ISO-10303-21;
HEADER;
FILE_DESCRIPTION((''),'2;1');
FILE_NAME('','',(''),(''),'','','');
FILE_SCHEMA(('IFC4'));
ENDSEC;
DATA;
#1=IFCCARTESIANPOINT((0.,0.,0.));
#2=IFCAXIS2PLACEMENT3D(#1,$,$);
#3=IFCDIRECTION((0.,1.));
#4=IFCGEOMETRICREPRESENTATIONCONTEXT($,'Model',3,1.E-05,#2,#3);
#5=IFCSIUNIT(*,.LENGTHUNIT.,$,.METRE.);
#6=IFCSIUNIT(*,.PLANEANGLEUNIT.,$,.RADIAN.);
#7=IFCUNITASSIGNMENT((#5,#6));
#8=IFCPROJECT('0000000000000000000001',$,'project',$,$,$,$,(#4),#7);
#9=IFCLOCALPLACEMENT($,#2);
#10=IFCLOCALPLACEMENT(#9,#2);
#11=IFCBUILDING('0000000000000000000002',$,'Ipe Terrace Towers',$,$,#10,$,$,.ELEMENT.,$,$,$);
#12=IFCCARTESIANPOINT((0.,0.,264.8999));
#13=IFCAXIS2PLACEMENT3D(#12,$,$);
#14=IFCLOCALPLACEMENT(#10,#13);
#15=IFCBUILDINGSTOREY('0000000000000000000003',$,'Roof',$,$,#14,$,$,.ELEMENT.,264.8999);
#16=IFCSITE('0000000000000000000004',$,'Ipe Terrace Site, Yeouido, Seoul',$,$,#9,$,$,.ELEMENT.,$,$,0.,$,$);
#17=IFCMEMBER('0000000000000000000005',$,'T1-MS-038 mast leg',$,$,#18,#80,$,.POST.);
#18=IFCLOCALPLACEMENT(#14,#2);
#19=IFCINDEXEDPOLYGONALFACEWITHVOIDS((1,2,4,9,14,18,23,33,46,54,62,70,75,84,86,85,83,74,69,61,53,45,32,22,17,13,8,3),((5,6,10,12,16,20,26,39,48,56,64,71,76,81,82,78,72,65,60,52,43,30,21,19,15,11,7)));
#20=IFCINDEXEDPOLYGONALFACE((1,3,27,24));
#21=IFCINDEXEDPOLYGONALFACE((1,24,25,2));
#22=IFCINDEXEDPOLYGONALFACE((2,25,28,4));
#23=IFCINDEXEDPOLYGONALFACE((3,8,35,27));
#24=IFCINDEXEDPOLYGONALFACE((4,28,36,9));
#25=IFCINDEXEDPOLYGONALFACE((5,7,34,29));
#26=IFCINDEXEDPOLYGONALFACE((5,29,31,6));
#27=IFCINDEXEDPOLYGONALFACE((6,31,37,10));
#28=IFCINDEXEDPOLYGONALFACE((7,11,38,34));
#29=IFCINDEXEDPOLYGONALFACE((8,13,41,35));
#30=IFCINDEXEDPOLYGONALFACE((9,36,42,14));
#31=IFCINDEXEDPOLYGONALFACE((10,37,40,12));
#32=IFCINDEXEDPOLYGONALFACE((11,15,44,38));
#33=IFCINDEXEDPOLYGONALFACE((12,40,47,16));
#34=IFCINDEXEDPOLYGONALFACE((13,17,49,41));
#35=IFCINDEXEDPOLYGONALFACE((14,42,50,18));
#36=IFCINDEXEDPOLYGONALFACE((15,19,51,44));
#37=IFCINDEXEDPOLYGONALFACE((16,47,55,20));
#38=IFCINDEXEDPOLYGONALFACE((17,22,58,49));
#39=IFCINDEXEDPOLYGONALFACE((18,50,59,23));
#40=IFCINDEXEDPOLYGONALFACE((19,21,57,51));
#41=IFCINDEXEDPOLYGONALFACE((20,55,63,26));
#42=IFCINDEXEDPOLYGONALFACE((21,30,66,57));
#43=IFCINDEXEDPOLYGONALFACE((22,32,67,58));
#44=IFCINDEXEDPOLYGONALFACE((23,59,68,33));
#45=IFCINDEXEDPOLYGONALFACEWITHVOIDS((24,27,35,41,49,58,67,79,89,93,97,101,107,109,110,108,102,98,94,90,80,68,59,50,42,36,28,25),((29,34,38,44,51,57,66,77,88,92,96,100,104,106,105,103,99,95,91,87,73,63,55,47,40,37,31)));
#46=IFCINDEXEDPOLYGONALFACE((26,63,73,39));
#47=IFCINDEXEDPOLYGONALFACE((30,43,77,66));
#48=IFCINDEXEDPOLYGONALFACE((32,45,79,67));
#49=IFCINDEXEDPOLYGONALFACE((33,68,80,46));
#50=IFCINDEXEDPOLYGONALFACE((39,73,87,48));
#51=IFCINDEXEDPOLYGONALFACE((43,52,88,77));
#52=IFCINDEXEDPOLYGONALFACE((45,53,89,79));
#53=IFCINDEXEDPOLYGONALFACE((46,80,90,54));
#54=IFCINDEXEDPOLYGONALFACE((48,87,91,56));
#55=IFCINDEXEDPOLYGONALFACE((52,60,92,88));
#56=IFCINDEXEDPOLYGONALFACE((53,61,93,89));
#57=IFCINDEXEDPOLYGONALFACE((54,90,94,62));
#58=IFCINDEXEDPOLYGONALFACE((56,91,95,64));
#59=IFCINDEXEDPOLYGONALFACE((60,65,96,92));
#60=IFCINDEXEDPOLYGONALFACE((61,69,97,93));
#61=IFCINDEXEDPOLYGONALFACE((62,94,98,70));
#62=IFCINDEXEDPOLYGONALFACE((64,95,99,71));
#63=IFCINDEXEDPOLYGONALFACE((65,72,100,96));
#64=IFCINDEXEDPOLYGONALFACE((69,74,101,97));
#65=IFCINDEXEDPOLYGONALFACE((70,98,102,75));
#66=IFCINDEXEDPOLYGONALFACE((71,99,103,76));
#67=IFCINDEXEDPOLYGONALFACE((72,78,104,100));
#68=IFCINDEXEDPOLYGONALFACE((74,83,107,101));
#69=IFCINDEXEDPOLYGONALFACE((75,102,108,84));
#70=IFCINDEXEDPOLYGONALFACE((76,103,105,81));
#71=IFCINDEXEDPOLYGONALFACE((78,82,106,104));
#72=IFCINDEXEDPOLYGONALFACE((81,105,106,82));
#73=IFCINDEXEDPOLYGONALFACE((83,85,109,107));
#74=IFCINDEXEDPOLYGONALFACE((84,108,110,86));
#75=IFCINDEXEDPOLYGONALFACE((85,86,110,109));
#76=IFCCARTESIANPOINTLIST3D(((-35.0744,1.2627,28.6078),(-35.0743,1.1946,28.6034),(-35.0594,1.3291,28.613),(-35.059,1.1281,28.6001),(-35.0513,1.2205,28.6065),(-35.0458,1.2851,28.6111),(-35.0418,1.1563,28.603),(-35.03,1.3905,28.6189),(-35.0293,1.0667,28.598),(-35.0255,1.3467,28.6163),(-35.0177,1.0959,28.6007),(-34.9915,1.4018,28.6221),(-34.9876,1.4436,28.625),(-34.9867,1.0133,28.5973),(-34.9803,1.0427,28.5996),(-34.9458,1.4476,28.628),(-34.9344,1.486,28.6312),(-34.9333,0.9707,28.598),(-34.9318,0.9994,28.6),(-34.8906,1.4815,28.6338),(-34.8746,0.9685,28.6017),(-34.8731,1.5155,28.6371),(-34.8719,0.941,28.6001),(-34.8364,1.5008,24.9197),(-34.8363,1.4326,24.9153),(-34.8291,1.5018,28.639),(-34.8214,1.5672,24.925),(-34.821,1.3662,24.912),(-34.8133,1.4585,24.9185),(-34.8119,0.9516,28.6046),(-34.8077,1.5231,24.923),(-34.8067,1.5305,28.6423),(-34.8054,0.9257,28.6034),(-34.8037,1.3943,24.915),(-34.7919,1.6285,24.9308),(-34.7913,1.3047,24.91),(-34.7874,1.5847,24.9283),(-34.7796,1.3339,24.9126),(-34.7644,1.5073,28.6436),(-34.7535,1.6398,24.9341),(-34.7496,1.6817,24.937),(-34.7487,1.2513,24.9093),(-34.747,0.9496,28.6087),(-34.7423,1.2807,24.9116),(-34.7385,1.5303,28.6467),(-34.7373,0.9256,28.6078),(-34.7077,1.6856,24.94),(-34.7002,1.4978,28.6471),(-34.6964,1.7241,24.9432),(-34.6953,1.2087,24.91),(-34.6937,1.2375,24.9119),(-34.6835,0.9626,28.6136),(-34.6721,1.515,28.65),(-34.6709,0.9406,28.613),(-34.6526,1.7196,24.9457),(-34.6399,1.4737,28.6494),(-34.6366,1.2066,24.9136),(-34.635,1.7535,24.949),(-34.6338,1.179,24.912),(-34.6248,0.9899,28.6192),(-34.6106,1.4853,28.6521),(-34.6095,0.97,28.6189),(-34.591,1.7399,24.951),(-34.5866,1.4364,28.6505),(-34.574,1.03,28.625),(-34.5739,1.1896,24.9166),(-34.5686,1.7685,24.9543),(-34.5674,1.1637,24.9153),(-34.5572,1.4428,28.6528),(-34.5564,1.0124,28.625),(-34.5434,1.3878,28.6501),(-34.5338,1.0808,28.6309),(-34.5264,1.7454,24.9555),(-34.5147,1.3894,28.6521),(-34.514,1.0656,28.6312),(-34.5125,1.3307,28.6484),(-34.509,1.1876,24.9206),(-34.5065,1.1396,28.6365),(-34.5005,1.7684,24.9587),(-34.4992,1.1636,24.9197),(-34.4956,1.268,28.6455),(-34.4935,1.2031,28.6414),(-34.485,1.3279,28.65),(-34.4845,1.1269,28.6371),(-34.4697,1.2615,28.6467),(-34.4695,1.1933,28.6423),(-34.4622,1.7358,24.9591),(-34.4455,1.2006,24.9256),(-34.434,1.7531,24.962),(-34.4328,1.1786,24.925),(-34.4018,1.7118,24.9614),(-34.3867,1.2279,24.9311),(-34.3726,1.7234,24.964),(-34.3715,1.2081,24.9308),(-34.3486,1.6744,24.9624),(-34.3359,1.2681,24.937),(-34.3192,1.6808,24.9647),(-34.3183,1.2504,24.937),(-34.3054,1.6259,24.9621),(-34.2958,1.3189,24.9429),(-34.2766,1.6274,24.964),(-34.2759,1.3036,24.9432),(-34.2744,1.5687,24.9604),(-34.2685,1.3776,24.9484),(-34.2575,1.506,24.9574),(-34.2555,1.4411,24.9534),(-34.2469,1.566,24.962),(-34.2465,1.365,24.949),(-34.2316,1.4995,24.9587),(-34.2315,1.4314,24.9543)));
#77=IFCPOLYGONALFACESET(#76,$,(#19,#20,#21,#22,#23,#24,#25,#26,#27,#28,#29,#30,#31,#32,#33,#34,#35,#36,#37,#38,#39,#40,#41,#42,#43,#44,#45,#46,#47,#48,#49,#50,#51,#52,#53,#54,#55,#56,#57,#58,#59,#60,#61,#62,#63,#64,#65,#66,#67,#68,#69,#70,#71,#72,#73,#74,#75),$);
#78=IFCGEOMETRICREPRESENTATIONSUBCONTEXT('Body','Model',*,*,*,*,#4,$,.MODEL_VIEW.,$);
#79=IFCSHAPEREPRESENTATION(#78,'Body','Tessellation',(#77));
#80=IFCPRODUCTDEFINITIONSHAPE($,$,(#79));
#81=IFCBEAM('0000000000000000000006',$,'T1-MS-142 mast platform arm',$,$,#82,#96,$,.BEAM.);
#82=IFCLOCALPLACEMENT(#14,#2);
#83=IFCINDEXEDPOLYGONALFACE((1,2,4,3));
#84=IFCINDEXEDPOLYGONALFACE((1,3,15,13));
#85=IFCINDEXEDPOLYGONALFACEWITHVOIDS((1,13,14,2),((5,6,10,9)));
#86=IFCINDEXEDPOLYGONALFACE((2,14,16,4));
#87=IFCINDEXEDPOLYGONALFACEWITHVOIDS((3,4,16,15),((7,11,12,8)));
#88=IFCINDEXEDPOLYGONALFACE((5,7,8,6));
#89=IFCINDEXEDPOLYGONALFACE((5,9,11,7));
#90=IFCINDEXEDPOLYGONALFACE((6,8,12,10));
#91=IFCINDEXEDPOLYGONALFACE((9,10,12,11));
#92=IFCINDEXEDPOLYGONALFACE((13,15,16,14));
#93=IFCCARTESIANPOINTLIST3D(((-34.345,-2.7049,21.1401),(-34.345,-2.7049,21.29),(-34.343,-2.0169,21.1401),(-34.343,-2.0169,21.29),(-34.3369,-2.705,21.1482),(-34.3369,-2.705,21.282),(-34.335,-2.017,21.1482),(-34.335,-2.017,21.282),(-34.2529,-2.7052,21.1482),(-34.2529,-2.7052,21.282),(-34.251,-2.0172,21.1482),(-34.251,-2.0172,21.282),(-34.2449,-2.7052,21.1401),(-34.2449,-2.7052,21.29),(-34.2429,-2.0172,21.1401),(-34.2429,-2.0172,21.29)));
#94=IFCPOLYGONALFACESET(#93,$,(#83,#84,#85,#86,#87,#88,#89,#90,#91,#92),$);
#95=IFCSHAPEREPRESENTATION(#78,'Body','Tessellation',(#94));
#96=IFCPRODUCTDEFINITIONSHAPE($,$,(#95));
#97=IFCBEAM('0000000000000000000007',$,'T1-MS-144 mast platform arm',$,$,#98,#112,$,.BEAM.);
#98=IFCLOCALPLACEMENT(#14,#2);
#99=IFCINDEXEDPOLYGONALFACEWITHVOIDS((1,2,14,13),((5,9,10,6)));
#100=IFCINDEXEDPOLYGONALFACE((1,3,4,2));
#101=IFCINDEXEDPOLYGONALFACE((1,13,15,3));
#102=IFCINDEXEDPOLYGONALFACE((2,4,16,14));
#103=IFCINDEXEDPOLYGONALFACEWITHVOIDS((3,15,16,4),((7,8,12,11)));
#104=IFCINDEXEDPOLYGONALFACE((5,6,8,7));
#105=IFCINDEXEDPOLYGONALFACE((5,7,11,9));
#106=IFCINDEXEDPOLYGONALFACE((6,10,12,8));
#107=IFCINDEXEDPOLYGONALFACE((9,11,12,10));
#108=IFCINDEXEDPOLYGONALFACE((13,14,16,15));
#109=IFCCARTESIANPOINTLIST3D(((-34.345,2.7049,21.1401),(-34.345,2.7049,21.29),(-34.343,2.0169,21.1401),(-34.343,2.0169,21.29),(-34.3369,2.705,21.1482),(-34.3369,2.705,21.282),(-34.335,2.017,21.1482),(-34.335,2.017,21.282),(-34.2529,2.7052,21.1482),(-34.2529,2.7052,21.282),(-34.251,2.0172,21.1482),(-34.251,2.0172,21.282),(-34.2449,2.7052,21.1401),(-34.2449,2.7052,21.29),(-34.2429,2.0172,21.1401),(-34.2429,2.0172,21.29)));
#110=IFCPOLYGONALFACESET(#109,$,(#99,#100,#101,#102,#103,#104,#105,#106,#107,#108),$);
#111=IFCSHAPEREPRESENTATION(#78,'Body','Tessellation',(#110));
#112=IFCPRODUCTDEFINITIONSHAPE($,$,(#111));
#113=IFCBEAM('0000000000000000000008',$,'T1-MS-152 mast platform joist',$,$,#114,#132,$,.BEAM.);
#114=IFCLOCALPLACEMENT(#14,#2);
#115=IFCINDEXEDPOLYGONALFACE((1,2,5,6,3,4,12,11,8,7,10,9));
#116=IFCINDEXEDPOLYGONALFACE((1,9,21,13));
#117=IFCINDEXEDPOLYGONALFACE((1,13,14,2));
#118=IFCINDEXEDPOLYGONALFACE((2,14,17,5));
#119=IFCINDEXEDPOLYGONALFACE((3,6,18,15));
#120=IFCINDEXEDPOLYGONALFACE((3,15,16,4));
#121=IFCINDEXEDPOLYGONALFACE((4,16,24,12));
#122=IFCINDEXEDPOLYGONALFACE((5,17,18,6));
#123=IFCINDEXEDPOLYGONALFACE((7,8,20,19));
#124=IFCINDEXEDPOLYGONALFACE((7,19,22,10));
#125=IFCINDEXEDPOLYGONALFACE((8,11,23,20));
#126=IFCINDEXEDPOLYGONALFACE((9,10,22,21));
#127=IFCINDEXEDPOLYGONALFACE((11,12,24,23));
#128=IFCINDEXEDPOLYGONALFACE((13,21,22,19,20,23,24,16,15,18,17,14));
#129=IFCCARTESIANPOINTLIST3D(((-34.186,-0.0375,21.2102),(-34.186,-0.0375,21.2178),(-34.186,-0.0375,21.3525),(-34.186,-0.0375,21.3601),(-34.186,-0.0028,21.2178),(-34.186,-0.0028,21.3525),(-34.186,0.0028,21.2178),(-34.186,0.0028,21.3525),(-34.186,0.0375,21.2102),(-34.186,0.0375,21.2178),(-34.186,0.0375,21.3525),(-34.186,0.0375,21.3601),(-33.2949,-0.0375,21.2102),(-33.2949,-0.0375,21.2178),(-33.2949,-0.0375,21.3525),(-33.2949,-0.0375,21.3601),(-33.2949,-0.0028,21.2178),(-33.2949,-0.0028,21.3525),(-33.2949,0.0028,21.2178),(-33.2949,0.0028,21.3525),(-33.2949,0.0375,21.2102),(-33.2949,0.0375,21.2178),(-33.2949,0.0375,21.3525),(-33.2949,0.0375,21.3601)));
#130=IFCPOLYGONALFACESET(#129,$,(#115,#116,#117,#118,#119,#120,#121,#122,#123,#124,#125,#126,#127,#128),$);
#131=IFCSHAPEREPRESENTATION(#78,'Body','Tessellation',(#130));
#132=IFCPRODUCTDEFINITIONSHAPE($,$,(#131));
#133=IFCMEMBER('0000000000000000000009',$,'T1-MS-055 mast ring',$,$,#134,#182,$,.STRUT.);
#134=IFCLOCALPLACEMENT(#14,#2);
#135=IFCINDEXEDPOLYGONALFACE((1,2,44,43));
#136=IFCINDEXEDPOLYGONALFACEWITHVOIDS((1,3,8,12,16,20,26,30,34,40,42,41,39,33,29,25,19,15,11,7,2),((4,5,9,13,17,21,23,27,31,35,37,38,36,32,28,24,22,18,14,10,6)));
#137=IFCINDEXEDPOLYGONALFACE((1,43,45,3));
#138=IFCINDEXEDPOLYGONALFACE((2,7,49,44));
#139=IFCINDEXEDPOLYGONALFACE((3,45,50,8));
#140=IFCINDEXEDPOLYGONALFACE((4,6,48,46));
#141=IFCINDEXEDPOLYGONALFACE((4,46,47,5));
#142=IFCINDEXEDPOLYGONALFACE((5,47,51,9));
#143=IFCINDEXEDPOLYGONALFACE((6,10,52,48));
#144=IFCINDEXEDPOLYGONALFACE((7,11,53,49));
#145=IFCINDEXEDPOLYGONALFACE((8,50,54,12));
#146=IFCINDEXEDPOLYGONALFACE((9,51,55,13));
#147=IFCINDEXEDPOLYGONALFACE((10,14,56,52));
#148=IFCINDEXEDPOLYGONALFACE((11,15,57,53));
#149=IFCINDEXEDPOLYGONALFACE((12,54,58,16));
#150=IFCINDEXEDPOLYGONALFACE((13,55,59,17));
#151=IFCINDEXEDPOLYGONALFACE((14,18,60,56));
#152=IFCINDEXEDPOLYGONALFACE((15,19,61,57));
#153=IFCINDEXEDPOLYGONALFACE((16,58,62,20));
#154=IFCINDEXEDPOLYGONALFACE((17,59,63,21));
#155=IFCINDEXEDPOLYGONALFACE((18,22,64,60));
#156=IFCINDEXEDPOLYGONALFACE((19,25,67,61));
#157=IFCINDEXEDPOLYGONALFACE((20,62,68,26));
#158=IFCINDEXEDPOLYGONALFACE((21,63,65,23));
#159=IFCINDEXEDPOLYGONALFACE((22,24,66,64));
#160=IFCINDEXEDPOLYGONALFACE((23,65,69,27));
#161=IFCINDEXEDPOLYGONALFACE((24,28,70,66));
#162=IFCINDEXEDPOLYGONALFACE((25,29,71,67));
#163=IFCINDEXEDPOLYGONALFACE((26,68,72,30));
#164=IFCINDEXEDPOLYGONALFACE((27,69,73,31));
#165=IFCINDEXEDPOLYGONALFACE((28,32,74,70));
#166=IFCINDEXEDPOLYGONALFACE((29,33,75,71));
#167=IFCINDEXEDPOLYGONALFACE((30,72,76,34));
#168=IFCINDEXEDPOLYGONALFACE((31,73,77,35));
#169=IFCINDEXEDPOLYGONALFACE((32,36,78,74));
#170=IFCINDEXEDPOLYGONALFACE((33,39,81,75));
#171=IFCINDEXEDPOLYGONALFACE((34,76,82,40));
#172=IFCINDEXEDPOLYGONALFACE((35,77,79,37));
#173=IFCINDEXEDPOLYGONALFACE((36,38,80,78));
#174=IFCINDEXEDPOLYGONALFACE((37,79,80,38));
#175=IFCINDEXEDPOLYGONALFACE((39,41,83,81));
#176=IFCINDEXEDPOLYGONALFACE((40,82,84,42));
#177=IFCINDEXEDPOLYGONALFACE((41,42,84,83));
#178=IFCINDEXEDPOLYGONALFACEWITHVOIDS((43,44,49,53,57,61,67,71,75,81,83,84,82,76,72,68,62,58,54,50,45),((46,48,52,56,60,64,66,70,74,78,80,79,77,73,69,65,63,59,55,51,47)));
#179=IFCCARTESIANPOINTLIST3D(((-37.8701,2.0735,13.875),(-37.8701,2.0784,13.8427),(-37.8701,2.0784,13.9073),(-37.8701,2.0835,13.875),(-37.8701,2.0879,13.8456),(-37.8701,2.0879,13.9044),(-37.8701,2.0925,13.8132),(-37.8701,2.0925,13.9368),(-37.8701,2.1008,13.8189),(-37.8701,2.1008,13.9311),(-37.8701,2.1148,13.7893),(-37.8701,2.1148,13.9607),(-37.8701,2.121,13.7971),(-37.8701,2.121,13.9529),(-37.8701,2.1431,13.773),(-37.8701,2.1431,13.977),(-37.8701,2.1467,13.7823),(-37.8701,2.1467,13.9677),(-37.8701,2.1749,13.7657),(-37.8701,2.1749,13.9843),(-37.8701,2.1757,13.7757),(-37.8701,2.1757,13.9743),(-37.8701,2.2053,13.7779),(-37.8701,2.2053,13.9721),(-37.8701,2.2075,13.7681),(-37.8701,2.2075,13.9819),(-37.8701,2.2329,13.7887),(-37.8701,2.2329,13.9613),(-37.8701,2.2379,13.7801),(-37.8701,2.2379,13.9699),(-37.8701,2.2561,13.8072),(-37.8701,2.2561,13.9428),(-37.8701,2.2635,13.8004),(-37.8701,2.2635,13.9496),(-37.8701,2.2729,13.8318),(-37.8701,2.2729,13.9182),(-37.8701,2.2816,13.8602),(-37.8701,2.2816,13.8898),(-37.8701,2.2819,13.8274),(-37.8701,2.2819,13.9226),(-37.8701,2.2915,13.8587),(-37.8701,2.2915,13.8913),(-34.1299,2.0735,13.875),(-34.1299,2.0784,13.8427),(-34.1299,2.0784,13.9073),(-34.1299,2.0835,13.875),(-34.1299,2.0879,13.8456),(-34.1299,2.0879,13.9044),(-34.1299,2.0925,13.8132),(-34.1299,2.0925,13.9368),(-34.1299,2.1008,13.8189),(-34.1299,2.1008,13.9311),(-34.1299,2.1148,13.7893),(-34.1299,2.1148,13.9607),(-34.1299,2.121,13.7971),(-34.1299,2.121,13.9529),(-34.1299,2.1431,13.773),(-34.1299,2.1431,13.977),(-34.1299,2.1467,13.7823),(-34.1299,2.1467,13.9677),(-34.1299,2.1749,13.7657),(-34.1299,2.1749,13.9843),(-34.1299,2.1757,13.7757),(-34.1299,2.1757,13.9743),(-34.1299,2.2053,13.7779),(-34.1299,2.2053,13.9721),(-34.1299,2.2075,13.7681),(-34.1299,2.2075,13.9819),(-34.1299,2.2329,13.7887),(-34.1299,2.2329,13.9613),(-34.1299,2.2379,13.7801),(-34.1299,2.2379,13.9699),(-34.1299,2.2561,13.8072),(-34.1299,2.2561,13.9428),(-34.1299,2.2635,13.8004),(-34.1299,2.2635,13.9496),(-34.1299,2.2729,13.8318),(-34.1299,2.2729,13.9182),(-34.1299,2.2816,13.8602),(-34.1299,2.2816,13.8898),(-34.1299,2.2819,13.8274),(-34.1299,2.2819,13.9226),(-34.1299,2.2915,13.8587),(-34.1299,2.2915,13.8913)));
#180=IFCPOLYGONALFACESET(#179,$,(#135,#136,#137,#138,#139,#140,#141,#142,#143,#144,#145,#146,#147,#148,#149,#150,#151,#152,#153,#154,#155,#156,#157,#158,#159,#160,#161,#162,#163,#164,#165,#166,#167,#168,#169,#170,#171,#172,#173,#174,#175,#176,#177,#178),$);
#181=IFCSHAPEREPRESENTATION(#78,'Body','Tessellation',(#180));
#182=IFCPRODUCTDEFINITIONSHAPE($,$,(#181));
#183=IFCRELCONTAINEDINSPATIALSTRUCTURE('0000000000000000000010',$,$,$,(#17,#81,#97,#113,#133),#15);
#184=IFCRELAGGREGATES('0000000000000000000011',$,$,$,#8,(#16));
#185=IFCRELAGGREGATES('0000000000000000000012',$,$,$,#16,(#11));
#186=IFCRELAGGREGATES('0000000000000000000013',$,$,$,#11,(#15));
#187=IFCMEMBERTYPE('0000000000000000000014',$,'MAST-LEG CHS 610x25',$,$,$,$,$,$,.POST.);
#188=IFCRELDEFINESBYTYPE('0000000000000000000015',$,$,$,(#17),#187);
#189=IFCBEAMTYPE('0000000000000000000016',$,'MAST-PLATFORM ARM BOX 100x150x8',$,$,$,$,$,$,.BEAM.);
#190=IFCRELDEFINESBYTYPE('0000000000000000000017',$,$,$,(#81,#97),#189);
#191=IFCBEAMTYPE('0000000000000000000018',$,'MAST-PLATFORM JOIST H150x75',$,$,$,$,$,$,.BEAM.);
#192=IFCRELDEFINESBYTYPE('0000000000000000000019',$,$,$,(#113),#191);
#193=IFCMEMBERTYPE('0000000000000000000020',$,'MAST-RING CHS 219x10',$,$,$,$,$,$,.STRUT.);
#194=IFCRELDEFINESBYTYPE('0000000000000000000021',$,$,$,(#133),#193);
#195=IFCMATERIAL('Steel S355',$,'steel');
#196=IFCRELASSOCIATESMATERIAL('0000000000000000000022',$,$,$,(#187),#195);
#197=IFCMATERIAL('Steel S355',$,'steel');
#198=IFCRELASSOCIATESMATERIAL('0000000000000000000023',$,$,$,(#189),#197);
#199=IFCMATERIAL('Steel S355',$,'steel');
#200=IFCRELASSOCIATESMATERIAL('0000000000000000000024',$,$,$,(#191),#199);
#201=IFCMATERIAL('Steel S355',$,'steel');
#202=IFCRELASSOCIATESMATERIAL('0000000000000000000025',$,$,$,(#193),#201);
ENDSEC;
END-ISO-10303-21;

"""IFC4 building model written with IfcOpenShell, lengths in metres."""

from ifc_helpers import new_model, si_unit, direction, frame, origin, origin_2d, place, context, subcontext, project, spatial, hollow_rectangle, hollow_circle, i_section, extrude, material, material_profile, profile_set, type_object, element, save


model = new_model("IFC4")

# Units and contexts
model_context = context("Model", 3, precision=1e-05, world=origin(), true_north=direction((0.0, 1.0)))
body_context = subcontext(model_context, "Body", "Model", "MODEL_VIEW")
ifc_project = project(units=[si_unit("LENGTHUNIT", "METRE"), si_unit("PLANEANGLEUNIT", "RADIAN")], contexts=[model_context])

# Site, building, storey
site_placement = place(None, origin())
site = spatial("IfcSite", under=ifc_project, at=site_placement, Name="Ipe Terrace Site, Yeouido, Seoul", CompositionType="ELEMENT", RefElevation=0.0)
building_placement = place(site_placement, origin())
building = spatial("IfcBuilding", under=site, at=building_placement, Name="Ipe Terrace Towers", CompositionType="ELEMENT")
storey_placement = place(building_placement, frame((0.0, 0.0, 264.8999)))
storey = spatial("IfcBuildingStorey", under=building, at=storey_placement, Name="Roof", CompositionType="ELEMENT", Elevation=264.8999)

# Member
ifc_material_1 = material(Name="Steel S355", Category="steel")
ifc_material_profile_1 = material_profile(ifc_material_1, hollow_circle(Radius=0.3049, WallThickness=0.0249, at=origin_2d()), Name="MAST-LEG CHS 610x25")
ifc_profile_set_1 = profile_set([ifc_material_profile_1], Name="Steel S355")
member_type_1 = type_object("IfcMemberType", Name="MAST-LEG CHS 610x25", PredefinedType="POST", material=ifc_profile_set_1)
member_1_placement = place(storey_placement, frame((-34.5339, 1.4661, 24.937), z_axis=(-0.064277, -0.064277, 0.99586), x_axis=(0.707107, -0.707107, 0.0)))
element("IfcMember", 1, at=member_1_placement, inside=storey, type_object=member_type_1, Name="T1-MS-038 mast leg", PredefinedType="POST", context=body_context, shape_type="SweptSolid", body=[
    extrude(hollow_circle(Radius=0.3049, WallThickness=0.0249, at=origin_2d()), origin(), (0.0, 0.0, 1.0), 3.7034),
])

# Beams
ifc_material_2 = material(Name="Steel S355", Category="steel")
ifc_material_profile_2 = material_profile(ifc_material_2, hollow_rectangle(XDim=0.1001, YDim=0.1499, WallThickness=0.0081, at=origin_2d()), Name="MAST-PLATFORM ARM BOX 100x150x8")
ifc_profile_set_2 = profile_set([ifc_material_profile_2], Name="Steel S355")
beam_type_1 = type_object("IfcBeamType", Name="MAST-PLATFORM ARM BOX 100x150x8", PredefinedType="BEAM", material=ifc_profile_set_2)
for number, where, z_axis, x_axis, name in (
    (2, (-34.293, -2.0171, 21.2151), (-0.002839, -0.999996, 0.0), (0.999996, -0.002839, 0.0), "T1-MS-142 mast platform arm"),
    (3, (-34.293, 2.0171, 21.2151), (-0.002839, 0.999996, 0.0), (-0.999996, -0.002839, 0.0), "T1-MS-144 mast platform arm"),
):
    element("IfcBeam", number, at=place(storey_placement, frame(where, z_axis=z_axis, x_axis=x_axis)), inside=storey, type_object=beam_type_1, Name=name, PredefinedType="BEAM", context=body_context, shape_type="SweptSolid", body=[
        extrude(hollow_rectangle(XDim=0.1001, YDim=0.1499, WallThickness=0.0081, at=origin_2d()), origin(), (0.0, 0.0, 1.0), 0.688),
    ])
ifc_material_3 = material(Name="Steel S355", Category="steel")
ifc_material_profile_3 = material_profile(ifc_material_3, i_section(OverallWidth=0.075, OverallDepth=0.1499, WebThickness=0.0056, FlangeThickness=0.0076, at=origin_2d()), Name="H150x75")
ifc_profile_set_3 = profile_set([ifc_material_profile_3], Name="Steel S355")
beam_type_2 = type_object("IfcBeamType", Name="MAST-PLATFORM JOIST H150x75", PredefinedType="BEAM", material=ifc_profile_set_3)
beam_placement = place(storey_placement, frame((-34.186, 0.0, 21.2852), z_axis=(1.0, 0.0, 0.0), x_axis=(0.0, 1.0, 0.0)))
element("IfcBeam", 4, at=beam_placement, inside=storey, type_object=beam_type_2, Name="T1-MS-152 mast platform joist", PredefinedType="BEAM", context=body_context, shape_type="SweptSolid", body=[
    extrude(i_section(OverallWidth=0.075, OverallDepth=0.1499, WebThickness=0.0056, FlangeThickness=0.0076, at=origin_2d()), origin(), (0.0, 0.0, 1.0), 0.8911),
])

# Member
ifc_material_4 = material(Name="Steel S355", Category="steel")
ifc_material_profile_4 = material_profile(ifc_material_4, hollow_circle(Radius=0.1096, WallThickness=0.01, at=origin_2d()), Name="MAST-RING CHS 219x10")
ifc_profile_set_4 = profile_set([ifc_material_profile_4], Name="Steel S355")
member_type_2 = type_object("IfcMemberType", Name="MAST-RING CHS 219x10", PredefinedType="STRUT", material=ifc_profile_set_4)
member_2_placement = place(storey_placement, frame((-34.1299, 2.1831, 13.875), z_axis=(-1.0, 0.0, 0.0), x_axis=(0.0, -1.0, 0.0)))
element("IfcMember", 5, at=member_2_placement, inside=storey, type_object=member_type_2, Name="T1-MS-055 mast ring", PredefinedType="STRUT", context=body_context, shape_type="SweptSolid", body=[
    extrude(hollow_circle(Radius=0.1096, WallThickness=0.01, at=origin_2d()), origin(), (0.0, 0.0, 1.0), 3.7402),
])

save(model, "model.ifc")
